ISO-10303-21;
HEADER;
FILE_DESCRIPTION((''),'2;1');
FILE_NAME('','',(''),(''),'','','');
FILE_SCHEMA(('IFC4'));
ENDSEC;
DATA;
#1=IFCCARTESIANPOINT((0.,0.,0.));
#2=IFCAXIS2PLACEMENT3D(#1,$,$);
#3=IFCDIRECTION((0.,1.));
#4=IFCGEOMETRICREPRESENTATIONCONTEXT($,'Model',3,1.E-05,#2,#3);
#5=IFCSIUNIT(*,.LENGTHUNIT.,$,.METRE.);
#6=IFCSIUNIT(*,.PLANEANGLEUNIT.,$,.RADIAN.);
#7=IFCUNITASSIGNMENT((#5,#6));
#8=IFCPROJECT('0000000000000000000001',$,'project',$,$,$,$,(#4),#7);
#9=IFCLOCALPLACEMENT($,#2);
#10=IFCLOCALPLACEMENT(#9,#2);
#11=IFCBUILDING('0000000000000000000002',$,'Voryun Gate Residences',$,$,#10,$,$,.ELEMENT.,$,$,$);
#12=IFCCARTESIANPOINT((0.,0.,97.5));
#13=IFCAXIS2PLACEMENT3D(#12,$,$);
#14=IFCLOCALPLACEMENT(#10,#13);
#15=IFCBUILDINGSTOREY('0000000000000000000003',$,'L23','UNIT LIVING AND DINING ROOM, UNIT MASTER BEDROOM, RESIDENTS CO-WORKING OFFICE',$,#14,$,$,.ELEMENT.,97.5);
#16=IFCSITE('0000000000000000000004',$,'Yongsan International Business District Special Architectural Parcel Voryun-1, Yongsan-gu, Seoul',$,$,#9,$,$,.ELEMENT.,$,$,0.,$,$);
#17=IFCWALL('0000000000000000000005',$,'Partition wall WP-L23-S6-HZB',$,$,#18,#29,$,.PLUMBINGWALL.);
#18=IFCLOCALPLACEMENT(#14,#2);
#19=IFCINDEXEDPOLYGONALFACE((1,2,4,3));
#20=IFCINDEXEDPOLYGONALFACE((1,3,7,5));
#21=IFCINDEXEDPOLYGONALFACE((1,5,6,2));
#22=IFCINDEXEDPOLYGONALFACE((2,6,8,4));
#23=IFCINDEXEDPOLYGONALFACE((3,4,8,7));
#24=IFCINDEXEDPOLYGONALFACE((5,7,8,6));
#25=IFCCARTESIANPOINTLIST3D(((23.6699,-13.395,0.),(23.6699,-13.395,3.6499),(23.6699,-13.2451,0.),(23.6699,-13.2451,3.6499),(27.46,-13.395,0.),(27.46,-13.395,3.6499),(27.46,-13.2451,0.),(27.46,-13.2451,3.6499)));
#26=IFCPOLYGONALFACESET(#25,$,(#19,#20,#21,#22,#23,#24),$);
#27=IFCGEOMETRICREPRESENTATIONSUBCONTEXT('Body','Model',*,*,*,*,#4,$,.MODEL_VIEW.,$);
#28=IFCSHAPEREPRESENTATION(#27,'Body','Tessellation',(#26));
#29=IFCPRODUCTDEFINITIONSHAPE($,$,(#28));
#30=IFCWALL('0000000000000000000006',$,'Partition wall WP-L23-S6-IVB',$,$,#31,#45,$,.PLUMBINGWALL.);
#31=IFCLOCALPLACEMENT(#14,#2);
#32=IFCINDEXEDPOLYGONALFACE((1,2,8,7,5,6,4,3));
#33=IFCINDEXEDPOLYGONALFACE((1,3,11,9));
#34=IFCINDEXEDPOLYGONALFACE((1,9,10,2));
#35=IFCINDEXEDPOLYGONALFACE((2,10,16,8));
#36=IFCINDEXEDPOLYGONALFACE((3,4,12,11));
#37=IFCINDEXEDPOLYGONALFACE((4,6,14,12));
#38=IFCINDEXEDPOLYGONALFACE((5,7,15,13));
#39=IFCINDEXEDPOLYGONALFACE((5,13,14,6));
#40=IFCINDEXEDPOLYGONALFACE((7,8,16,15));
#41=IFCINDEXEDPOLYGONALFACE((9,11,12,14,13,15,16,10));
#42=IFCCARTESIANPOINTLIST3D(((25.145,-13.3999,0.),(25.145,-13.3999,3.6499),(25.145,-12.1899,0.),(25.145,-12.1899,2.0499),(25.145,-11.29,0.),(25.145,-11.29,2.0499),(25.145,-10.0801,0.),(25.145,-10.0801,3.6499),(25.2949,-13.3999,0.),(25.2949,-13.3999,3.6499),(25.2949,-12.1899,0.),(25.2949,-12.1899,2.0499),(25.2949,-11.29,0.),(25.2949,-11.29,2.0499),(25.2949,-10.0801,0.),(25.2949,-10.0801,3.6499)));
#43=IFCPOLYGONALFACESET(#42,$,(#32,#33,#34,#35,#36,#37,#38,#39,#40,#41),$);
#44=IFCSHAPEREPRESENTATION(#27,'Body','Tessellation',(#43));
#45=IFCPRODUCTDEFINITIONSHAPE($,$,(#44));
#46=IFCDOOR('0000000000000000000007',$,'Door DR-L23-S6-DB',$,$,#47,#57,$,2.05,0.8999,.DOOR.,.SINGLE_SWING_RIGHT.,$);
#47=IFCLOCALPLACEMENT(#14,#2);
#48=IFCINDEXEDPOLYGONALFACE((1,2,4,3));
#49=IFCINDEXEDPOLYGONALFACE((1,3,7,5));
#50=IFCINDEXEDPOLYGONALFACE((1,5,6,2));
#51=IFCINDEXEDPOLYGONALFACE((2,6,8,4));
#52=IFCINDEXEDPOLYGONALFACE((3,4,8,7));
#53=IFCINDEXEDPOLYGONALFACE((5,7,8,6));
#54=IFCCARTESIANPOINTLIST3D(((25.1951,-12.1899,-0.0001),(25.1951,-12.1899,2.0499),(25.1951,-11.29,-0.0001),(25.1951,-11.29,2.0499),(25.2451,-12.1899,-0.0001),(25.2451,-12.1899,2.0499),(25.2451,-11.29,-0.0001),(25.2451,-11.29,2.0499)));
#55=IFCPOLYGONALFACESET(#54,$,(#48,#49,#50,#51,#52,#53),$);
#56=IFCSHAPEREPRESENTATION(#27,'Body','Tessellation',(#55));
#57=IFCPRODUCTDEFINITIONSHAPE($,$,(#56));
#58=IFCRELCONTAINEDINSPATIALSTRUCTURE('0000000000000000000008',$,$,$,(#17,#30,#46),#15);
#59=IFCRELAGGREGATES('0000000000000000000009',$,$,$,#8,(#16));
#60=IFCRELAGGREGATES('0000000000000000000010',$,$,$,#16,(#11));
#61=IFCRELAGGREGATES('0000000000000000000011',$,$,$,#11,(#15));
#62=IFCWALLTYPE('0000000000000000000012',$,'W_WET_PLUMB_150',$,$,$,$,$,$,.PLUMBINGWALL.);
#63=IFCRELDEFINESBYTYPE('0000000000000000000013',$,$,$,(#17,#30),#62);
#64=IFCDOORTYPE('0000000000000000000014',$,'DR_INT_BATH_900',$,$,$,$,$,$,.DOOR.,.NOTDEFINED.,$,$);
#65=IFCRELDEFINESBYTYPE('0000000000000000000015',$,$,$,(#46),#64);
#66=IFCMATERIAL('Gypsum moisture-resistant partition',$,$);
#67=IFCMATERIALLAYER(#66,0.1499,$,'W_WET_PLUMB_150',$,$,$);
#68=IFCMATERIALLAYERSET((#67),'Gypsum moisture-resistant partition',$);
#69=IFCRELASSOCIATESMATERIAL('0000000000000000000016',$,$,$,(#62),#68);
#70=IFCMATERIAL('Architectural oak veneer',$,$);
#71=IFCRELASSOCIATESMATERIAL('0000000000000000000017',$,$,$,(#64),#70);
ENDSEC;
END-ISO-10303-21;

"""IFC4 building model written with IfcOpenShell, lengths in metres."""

from ifc_helpers import new_model, si_unit, direction, frame, frame_2d, origin, place, context, subcontext, project, spatial, rectangle, extrude, material, layer, layer_set, type_object, element, fill, save


model = new_model("IFC4")

# Units and contexts
model_context = context("Model", 3, precision=1e-05, world=origin(), true_north=direction((0.0, 1.0)))
body_context = subcontext(model_context, "Body", "Model", "MODEL_VIEW")
ifc_project = project(units=[si_unit("LENGTHUNIT", "METRE"), si_unit("PLANEANGLEUNIT", "RADIAN")], contexts=[model_context])

# Site, building, storey
site_placement = place(None, origin())
site = spatial("IfcSite", under=ifc_project, at=site_placement, Name="Yongsan International Business District Special Architectural Parcel Voryun-1, Yongsan-gu, Seoul", CompositionType="ELEMENT", RefElevation=0.0)
building_placement = place(site_placement, origin())
building = spatial("IfcBuilding", under=site, at=building_placement, Name="Voryun Gate Residences", CompositionType="ELEMENT")
storey_placement = place(building_placement, frame((0.0, 0.0, 97.5)))
storey = spatial("IfcBuildingStorey", under=building, at=storey_placement, Name="L23", Description="UNIT LIVING AND DINING ROOM, UNIT MASTER BEDROOM, RESIDENTS CO-WORKING OFFICE", CompositionType="ELEMENT", Elevation=97.5)

# Wall
ifc_material_1 = material(Name="Gypsum moisture-resistant partition")
ifc_layer_1 = layer(ifc_material_1, 0.1499, Name="W_WET_PLUMB_150")
ifc_layer_set_1 = layer_set([ifc_layer_1], Name="Gypsum moisture-resistant partition")
wall_type_1 = type_object("IfcWallType", Name="W_WET_PLUMB_150", PredefinedType="PLUMBINGWALL", material=ifc_layer_set_1)
wall_1_placement = place(storey_placement, frame((23.6699, -13.3201, 0.0), z_axis=(0.0, 0.0, 1.0), x_axis=(1.0, 0.0, 0.0)))
element("IfcWall", 1, at=wall_1_placement, inside=storey, type_object=wall_type_1, Name="Partition wall WP-L23-S6-HZB", PredefinedType="PLUMBINGWALL", context=body_context, shape_type="SweptSolid", body=[
    extrude(rectangle(XDim=3.79, YDim=0.1499, at=frame_2d((1.895, 0.0))), origin(), (0.0, 0.0, 1.0), 3.6499),
])

# Wall, opening, door
wall_2_placement = place(storey_placement, frame((25.22, -13.3999, 0.0), z_axis=(0.0, 0.0, 1.0), x_axis=(0.0, 1.0, 0.0)))
wall_2 = element("IfcWall", 2, at=wall_2_placement, inside=storey, type_object=wall_type_1, Name="Partition wall WP-L23-S6-IVB", PredefinedType="PLUMBINGWALL", context=body_context, shape_type="SweptSolid", body=[
    extrude(rectangle(XDim=3.3198, YDim=0.1499, at=frame_2d((1.6599, 0.0))), origin(), (0.0, 0.0, 1.0), 3.6499),
])
opening_1_placement = place(wall_2_placement, frame((1.21, 0.0, 0.0)))
opening_1 = element("IfcOpeningElement", 3, at=opening_1_placement, cuts=wall_2, PredefinedType="OPENING", context=body_context, shape_type="SweptSolid", body=[
    extrude(rectangle(XDim=0.8999, YDim=2.05, at=frame_2d((0.45, 1.0249))), frame((0.0, 0.085, 0.0), z_axis=(0.0, -1.0, 0.0), x_axis=(1.0, 0.0, 0.0)), (0.0, 0.0, 1.0), 0.1699),
])
ifc_material_2 = material(Name="Architectural oak veneer")
door_type = type_object("IfcDoorType", Name="DR_INT_BATH_900", OperationType="NOTDEFINED", PredefinedType="DOOR", material=ifc_material_2)
door_placement = place(opening_1_placement, origin())
door = element("IfcDoor", 4, at=door_placement, inside=storey, type_object=door_type, Name="Door DR-L23-S6-DB", OperationType="SINGLE_SWING_RIGHT", OverallHeight=2.05, OverallWidth=0.8999, PredefinedType="DOOR", context=body_context, shape_type="SweptSolid", body=[
    extrude(rectangle(XDim=0.8999, YDim=2.05, at=frame_2d((0.45, 1.0249))), frame((0.0, 0.0249, 0.0), z_axis=(0.0, -1.0, 0.0), x_axis=(1.0, 0.0, 0.0)), (0.0, 0.0, 1.0), 0.05),
])
fill(opening_1, door)

save(model, "model.ifc")
